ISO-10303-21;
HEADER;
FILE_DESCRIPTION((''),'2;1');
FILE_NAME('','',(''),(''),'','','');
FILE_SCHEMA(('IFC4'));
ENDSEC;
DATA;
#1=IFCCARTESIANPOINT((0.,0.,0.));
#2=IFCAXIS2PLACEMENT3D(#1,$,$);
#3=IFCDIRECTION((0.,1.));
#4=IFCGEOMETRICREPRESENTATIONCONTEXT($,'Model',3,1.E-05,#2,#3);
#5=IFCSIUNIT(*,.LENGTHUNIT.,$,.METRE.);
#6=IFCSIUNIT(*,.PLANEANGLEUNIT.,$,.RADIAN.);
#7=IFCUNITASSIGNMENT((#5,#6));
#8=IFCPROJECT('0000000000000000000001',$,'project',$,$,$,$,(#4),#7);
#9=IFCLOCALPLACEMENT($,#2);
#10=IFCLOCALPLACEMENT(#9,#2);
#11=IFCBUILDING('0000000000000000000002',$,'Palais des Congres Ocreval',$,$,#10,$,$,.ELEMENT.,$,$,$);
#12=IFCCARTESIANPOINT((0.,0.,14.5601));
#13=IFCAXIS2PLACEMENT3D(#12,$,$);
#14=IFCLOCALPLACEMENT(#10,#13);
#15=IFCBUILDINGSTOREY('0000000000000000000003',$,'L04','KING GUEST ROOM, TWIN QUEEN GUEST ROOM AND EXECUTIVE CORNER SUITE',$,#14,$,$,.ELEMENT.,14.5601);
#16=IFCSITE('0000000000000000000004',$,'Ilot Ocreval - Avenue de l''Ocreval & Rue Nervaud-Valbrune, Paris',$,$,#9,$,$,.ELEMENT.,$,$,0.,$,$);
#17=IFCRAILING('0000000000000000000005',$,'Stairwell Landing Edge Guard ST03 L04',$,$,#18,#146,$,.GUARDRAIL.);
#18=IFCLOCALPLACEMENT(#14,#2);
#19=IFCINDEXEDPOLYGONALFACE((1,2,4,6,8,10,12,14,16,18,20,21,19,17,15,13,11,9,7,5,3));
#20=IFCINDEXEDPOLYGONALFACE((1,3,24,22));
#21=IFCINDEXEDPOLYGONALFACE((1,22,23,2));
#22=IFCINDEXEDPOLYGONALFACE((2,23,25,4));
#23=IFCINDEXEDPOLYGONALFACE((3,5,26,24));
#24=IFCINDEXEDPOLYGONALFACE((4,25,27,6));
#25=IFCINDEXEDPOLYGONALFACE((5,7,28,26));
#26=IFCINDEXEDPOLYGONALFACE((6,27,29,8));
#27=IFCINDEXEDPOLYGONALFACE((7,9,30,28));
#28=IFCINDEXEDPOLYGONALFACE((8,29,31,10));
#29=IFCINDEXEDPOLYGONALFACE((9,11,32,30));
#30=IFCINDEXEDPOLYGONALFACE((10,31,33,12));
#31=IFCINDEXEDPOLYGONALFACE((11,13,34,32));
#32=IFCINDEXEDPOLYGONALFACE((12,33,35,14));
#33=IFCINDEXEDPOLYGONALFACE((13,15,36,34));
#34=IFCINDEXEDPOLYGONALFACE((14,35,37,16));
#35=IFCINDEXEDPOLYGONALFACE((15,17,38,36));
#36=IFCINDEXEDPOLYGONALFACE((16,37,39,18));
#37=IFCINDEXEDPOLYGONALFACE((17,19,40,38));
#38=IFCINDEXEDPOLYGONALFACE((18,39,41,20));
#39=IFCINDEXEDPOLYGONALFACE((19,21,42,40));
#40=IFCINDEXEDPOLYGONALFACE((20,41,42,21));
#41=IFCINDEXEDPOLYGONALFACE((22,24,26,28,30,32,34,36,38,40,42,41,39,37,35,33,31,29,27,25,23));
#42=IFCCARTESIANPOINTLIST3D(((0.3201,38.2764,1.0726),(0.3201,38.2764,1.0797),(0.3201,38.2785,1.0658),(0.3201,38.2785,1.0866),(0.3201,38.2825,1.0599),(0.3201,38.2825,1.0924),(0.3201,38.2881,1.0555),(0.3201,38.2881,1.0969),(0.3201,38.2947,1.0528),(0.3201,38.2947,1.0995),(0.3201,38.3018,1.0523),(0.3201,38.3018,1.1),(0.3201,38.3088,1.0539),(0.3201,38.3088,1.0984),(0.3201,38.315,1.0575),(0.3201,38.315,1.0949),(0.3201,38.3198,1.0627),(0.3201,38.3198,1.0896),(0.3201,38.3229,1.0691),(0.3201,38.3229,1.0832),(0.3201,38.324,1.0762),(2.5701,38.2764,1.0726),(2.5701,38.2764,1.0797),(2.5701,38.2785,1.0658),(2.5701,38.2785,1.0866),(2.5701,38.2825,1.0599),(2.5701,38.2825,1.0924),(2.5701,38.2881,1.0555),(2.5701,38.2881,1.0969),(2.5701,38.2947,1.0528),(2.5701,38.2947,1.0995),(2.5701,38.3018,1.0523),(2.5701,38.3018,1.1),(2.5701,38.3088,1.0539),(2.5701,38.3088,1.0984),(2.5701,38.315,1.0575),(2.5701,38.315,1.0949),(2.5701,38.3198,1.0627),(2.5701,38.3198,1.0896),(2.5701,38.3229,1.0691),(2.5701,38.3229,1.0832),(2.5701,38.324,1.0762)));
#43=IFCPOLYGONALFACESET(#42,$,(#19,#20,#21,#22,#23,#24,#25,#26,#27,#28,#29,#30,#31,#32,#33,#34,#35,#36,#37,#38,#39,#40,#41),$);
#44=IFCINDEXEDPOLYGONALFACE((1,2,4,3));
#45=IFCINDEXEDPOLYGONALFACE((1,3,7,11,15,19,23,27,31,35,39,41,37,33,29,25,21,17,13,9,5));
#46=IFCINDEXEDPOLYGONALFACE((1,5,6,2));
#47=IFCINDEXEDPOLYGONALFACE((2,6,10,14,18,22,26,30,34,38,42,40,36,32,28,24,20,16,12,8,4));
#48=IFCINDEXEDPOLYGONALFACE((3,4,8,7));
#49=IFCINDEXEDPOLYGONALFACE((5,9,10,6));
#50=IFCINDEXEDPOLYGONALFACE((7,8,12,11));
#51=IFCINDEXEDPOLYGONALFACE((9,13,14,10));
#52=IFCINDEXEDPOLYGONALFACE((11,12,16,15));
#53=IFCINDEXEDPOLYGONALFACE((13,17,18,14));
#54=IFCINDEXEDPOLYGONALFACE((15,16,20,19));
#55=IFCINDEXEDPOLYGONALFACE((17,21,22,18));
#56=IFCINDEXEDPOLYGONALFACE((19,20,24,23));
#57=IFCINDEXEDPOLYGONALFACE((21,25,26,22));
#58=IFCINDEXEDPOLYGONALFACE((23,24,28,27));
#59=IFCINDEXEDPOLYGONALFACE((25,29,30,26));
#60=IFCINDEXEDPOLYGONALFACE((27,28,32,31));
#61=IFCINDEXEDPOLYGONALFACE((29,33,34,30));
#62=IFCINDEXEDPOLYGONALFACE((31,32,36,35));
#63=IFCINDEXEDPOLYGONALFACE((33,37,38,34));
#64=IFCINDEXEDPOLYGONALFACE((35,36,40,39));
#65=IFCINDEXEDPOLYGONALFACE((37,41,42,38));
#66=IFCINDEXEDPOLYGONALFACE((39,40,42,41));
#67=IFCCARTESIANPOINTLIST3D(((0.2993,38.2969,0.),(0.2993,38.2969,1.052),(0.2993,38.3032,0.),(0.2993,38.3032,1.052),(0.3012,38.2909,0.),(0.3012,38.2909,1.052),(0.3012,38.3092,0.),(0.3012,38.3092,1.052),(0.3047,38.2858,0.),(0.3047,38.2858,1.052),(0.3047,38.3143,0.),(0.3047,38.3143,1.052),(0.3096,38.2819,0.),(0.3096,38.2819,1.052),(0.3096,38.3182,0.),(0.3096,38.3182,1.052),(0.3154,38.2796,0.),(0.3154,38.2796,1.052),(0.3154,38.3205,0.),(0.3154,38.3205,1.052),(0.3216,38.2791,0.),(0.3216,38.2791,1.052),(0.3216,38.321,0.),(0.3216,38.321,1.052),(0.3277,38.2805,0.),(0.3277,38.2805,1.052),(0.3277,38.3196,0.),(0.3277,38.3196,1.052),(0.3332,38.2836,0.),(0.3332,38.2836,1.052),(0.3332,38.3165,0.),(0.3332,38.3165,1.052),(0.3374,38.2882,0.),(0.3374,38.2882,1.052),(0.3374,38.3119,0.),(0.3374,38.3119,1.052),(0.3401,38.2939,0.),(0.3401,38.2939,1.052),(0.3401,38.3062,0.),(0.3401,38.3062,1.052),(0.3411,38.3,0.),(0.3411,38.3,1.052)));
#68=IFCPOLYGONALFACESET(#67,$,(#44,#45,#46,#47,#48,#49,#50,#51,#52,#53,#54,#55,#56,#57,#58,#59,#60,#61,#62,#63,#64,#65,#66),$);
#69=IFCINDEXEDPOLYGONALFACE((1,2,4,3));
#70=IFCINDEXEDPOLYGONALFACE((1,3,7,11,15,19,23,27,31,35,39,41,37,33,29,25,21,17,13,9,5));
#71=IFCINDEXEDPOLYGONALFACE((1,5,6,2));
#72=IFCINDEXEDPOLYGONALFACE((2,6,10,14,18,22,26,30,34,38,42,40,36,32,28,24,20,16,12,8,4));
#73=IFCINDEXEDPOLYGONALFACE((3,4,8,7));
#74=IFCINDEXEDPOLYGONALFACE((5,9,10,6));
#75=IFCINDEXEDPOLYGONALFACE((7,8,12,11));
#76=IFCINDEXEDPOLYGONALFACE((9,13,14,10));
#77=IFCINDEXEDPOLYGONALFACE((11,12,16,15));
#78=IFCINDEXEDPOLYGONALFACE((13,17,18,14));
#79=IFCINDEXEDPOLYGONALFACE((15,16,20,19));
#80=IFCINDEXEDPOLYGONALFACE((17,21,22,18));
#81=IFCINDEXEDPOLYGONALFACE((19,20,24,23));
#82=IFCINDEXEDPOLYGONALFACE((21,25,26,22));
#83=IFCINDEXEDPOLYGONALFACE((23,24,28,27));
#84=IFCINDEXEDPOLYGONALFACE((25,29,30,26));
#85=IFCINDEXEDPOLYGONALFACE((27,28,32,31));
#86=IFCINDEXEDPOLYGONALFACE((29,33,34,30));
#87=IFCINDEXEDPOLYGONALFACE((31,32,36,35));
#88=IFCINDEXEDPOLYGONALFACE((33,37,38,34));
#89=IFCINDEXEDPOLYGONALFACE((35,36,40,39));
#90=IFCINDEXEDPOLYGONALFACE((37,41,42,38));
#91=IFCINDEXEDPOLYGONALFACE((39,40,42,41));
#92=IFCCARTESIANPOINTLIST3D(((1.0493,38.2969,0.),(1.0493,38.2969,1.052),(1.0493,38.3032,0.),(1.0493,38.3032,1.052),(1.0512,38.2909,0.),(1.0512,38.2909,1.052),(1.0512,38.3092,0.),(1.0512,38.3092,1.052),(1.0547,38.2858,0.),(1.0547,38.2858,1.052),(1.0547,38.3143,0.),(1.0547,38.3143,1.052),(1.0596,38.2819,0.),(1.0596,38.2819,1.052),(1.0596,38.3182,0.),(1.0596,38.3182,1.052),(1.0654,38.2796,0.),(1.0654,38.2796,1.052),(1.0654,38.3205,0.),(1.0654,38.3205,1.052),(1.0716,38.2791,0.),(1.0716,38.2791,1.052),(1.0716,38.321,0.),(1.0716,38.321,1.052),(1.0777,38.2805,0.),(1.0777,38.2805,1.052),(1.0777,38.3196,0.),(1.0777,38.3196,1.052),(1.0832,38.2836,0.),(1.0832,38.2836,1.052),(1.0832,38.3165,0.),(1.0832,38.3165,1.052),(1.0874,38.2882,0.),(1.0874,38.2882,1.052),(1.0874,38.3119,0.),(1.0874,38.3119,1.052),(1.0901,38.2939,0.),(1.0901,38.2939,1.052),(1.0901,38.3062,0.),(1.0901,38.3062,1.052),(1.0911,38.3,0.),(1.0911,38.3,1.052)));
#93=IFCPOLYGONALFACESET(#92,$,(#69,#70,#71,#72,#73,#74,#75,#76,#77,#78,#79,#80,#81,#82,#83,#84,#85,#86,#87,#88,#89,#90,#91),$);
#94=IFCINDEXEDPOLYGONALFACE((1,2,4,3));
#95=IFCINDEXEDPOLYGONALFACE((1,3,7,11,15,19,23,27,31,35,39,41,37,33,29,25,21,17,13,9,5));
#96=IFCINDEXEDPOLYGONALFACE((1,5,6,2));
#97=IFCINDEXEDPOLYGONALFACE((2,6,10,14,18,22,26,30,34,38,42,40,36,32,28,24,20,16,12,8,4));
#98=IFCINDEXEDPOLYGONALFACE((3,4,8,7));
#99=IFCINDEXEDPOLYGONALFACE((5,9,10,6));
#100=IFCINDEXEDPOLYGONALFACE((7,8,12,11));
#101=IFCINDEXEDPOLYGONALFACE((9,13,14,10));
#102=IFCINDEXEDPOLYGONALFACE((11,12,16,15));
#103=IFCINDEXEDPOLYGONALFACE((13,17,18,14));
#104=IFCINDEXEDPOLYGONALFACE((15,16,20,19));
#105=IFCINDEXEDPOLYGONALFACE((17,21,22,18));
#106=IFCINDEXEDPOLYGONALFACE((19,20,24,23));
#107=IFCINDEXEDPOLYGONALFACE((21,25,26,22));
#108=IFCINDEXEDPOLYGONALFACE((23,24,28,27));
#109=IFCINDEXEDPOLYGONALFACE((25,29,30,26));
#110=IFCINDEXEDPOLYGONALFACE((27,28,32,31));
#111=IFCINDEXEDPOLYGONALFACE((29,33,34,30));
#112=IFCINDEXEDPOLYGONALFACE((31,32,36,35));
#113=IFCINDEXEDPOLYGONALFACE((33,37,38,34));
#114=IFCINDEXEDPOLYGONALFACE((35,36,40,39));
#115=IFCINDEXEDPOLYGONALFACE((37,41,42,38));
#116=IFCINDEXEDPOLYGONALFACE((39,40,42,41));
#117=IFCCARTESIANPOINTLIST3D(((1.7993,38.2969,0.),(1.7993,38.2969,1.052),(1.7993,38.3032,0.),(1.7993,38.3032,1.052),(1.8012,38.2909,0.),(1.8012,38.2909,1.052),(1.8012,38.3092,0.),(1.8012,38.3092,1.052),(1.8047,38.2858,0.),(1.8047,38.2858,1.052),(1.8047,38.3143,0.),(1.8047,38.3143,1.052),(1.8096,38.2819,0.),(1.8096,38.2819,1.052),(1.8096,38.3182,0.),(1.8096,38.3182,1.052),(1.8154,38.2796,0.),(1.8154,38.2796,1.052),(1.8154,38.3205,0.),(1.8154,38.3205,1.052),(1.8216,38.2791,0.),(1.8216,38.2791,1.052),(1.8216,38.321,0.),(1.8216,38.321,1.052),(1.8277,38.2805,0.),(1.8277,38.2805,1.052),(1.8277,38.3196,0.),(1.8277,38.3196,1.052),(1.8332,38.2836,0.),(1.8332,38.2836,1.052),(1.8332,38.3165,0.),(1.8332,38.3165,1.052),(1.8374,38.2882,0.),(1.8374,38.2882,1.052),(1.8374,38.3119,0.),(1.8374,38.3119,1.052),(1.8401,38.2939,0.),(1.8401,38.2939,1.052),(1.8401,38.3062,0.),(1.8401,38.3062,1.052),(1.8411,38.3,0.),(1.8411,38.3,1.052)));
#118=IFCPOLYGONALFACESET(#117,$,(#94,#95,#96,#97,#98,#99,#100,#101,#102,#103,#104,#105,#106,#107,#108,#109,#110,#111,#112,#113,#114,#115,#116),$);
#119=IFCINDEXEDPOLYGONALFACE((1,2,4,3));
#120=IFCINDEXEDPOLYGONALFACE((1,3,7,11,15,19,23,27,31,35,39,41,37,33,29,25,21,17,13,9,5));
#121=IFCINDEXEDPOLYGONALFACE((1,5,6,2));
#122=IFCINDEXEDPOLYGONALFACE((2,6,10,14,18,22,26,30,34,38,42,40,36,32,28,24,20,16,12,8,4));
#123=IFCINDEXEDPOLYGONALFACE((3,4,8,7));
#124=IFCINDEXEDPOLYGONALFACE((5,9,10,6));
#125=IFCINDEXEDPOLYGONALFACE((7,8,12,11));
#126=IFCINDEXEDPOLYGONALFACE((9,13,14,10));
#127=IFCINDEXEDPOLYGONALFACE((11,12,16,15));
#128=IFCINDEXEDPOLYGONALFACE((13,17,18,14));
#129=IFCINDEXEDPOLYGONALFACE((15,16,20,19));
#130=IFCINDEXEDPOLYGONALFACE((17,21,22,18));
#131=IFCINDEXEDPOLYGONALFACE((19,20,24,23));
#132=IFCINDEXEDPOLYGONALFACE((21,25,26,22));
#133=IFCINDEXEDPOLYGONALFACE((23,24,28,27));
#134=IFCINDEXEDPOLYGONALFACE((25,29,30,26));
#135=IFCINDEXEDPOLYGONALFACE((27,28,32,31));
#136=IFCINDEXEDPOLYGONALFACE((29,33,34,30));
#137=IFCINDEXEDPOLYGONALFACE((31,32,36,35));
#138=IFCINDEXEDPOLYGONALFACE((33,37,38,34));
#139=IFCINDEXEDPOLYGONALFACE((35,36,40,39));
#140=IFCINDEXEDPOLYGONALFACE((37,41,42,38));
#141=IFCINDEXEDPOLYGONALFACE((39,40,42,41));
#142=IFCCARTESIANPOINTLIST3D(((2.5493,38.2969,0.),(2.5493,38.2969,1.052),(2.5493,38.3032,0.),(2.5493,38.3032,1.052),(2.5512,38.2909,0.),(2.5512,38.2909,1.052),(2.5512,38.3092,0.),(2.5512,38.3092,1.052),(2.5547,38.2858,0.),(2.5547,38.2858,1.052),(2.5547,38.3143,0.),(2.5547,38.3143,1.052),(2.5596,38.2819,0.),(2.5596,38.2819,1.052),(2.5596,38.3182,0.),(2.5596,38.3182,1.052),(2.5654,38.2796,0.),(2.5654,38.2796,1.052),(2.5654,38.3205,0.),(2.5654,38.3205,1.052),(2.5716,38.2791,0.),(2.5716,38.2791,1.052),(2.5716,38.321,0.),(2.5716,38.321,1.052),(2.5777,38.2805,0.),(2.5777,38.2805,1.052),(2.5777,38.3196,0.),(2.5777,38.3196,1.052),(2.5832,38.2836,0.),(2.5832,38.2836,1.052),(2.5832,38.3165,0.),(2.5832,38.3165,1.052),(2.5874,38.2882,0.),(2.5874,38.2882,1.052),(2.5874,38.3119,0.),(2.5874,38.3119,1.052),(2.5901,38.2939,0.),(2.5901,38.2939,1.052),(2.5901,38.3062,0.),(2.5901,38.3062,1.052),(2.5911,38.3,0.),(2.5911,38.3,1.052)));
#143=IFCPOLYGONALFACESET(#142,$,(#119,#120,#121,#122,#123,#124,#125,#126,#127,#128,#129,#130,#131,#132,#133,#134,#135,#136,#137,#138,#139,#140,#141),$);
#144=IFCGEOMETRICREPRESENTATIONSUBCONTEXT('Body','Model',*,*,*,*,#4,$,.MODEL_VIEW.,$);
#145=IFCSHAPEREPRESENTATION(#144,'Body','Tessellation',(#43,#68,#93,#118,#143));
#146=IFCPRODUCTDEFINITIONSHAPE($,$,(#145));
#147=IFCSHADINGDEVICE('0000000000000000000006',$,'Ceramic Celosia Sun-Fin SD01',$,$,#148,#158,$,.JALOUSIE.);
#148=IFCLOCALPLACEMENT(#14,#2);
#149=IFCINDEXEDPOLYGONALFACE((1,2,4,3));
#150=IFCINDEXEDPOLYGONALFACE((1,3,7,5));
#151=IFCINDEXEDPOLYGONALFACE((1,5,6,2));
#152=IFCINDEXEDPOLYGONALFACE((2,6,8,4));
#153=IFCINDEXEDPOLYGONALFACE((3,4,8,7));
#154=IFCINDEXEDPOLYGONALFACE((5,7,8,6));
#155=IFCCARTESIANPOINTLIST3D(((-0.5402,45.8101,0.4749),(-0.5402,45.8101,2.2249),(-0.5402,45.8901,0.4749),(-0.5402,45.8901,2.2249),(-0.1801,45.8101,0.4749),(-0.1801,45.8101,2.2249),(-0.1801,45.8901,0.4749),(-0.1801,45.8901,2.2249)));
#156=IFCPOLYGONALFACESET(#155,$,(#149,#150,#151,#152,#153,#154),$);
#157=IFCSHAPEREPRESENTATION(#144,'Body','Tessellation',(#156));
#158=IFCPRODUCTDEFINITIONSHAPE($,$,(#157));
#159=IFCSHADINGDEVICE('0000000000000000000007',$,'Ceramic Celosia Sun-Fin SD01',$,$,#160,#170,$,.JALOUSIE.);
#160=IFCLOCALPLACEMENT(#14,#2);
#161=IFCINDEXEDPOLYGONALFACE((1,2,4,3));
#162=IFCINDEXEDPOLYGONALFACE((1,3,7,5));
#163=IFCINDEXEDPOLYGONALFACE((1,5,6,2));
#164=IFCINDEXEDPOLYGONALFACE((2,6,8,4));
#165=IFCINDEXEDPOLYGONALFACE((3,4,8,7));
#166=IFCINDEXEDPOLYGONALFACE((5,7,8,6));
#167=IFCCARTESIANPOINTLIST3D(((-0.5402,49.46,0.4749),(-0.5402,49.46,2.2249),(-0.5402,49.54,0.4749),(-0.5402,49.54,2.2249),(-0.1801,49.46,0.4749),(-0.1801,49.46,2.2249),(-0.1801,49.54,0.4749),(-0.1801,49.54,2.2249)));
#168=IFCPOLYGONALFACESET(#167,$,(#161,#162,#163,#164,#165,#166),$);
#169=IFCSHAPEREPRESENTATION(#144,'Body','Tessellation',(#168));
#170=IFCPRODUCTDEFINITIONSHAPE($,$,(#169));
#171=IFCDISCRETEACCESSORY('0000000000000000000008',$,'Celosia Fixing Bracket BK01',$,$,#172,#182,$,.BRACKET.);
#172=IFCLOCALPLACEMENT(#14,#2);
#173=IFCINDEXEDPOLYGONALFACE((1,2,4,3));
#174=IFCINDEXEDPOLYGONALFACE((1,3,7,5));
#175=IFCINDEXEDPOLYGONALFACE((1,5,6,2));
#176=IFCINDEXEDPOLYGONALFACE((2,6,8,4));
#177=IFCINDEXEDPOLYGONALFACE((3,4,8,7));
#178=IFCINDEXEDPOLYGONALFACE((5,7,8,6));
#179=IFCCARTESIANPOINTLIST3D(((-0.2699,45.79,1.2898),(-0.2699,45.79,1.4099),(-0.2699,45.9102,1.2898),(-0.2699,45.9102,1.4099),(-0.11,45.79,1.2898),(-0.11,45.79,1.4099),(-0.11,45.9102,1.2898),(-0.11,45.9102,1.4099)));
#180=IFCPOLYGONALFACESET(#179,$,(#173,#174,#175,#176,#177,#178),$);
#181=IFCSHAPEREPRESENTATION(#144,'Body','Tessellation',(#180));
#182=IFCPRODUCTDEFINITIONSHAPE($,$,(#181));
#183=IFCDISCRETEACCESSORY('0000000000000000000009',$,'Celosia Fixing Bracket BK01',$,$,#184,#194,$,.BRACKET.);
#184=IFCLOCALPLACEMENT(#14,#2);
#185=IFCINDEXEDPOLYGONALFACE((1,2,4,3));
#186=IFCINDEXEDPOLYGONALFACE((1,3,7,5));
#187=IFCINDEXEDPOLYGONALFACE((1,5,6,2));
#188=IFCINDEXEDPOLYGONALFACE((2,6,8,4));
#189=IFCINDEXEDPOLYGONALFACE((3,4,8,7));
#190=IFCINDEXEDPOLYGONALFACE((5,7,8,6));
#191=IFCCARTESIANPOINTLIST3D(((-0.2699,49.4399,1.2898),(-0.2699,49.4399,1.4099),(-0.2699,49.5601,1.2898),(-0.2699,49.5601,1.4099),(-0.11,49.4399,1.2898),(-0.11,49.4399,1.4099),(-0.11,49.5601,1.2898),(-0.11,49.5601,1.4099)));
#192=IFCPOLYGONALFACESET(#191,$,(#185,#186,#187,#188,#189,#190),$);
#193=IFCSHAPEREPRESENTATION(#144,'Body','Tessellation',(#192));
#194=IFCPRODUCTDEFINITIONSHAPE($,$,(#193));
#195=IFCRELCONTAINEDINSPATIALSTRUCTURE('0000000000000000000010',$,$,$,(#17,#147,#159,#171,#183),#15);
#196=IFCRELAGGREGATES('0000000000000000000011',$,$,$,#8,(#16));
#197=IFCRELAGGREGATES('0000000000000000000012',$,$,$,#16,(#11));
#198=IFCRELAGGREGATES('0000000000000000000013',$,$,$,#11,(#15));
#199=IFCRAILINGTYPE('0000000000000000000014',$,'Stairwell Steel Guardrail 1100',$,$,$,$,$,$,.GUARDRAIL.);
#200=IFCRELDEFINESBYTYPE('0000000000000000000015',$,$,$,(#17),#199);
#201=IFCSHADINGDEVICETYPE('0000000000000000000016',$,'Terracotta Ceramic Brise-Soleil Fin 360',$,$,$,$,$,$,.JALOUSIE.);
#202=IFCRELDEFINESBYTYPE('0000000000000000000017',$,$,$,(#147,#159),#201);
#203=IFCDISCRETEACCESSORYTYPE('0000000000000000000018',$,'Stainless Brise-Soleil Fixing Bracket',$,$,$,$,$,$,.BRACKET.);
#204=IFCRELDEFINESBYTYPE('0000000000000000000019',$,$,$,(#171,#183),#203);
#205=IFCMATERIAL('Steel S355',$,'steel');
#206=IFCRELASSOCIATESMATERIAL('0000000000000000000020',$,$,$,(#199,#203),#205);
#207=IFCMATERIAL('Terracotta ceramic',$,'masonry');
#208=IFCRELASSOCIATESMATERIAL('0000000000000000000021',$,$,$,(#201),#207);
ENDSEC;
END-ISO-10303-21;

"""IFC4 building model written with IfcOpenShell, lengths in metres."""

from ifc_helpers import new_model, si_unit, direction, frame, origin, origin_2d, place, context, subcontext, project, spatial, rectangle, circle, extrude, material, type_object, element, save


model = new_model("IFC4")

# Units and contexts
model_context = context("Model", 3, precision=1e-05, world=origin(), true_north=direction((0.0, 1.0)))
body_context = subcontext(model_context, "Body", "Model", "MODEL_VIEW")
ifc_project = project(units=[si_unit("LENGTHUNIT", "METRE"), si_unit("PLANEANGLEUNIT", "RADIAN")], contexts=[model_context])

# Site, building, storey
site_placement = place(None, origin())
site = spatial("IfcSite", under=ifc_project, at=site_placement, Name="Ilot Ocreval - Avenue de l'Ocreval & Rue Nervaud-Valbrune, Paris", CompositionType="ELEMENT", RefElevation=0.0)
building_placement = place(site_placement, origin())
building = spatial("IfcBuilding", under=site, at=building_placement, Name="Palais des Congres Ocreval", CompositionType="ELEMENT")
storey_placement = place(building_placement, frame((0.0, 0.0, 14.5601)))
storey = spatial("IfcBuildingStorey", under=building, at=storey_placement, Name="L04", Description="KING GUEST ROOM, TWIN QUEEN GUEST ROOM AND EXECUTIVE CORNER SUITE", CompositionType="ELEMENT", Elevation=14.5601)

# Shared definitions
ifc_material_1 = material(Name="Steel S355", Category="steel")

# Railing
railing_type_1 = type_object("IfcRailingType", Name="Stairwell Steel Guardrail 1100", PredefinedType="GUARDRAIL", material=ifc_material_1)
railing_1_placement = place(storey_placement, frame((0.3201, 38.3, 0.0)))
element("IfcRailing", 1, at=railing_1_placement, inside=storey, type_object=railing_type_1, Name="Stairwell Landing Edge Guard ST03 L04", PredefinedType="GUARDRAIL", context=body_context, shape_type="SweptSolid", body=[
    extrude(circle(Radius=0.0239, at=origin_2d()), frame((0.0, 0.0, 1.0762), z_axis=(1.0, 0.0, 0.0), x_axis=(0.0, 1.0, 0.0)), (0.0, 0.0, 1.0), 2.25),
    extrude(circle(Radius=0.021, at=origin_2d()), origin(), (0.0, 0.0, 1.0), 1.052),
    extrude(circle(Radius=0.021, at=origin_2d()), frame((0.75, 0.0, 0.0)), (0.0, 0.0, 1.0), 1.052),
    extrude(circle(Radius=0.021, at=origin_2d()), frame((1.5, 0.0, 0.0)), (0.0, 0.0, 1.0), 1.052),
    extrude(circle(Radius=0.021, at=origin_2d()), frame((2.25, 0.0, 0.0)), (0.0, 0.0, 1.0), 1.052),
])

# Shading devices
ifc_material_2 = material(Name="Terracotta ceramic", Category="masonry")
shading_device_type = type_object("IfcShadingDeviceType", Name="Terracotta Ceramic Brise-Soleil Fin 360", PredefinedType="JALOUSIE", material=ifc_material_2)
for number, where, z_axis, x_axis, name in (
    (2, (-0.3601, 45.8501, 0.4749), (0.0, 0.0, 1.0), (-1.0, 0.0, 0.0), "Ceramic Celosia Sun-Fin SD01"),
    (3, (-0.3601, 49.5, 0.4749), (0.0, 0.0, 1.0), (-1.0, 0.0, 0.0), "Ceramic Celosia Sun-Fin SD01"),
):
    element("IfcShadingDevice", number, at=place(storey_placement, frame(where, z_axis=z_axis, x_axis=x_axis)), inside=storey, type_object=shading_device_type, Name=name, PredefinedType="JALOUSIE", context=body_context, shape_type="SweptSolid", body=[
        extrude(rectangle(XDim=0.3601, YDim=0.0801, at=origin_2d()), origin(), (0.0, 0.0, 1.0), 1.75),
    ])

# Discrete accessories
discrete_accessory_type = type_object("IfcDiscreteAccessoryType", Name="Stainless Brise-Soleil Fixing Bracket", PredefinedType="BRACKET", material=ifc_material_1)
for number, where, z_axis, x_axis, name in (
    (4, (-0.1899, 45.8501, 1.2898), (0.0, 0.0, 1.0), (-1.0, 0.0, 0.0), "Celosia Fixing Bracket BK01"),
    (5, (-0.1899, 49.5, 1.2898), (0.0, 0.0, 1.0), (-1.0, 0.0, 0.0), "Celosia Fixing Bracket BK01"),
):
    element("IfcDiscreteAccessory", number, at=place(storey_placement, frame(where, z_axis=z_axis, x_axis=x_axis)), inside=storey, type_object=discrete_accessory_type, Name=name, PredefinedType="BRACKET", context=body_context, shape_type="SweptSolid", body=[
        extrude(rectangle(XDim=0.1599, YDim=0.1201, at=origin_2d()), origin(), (0.0, 0.0, 1.0), 0.1201),
    ])

save(model, "model.ifc")
